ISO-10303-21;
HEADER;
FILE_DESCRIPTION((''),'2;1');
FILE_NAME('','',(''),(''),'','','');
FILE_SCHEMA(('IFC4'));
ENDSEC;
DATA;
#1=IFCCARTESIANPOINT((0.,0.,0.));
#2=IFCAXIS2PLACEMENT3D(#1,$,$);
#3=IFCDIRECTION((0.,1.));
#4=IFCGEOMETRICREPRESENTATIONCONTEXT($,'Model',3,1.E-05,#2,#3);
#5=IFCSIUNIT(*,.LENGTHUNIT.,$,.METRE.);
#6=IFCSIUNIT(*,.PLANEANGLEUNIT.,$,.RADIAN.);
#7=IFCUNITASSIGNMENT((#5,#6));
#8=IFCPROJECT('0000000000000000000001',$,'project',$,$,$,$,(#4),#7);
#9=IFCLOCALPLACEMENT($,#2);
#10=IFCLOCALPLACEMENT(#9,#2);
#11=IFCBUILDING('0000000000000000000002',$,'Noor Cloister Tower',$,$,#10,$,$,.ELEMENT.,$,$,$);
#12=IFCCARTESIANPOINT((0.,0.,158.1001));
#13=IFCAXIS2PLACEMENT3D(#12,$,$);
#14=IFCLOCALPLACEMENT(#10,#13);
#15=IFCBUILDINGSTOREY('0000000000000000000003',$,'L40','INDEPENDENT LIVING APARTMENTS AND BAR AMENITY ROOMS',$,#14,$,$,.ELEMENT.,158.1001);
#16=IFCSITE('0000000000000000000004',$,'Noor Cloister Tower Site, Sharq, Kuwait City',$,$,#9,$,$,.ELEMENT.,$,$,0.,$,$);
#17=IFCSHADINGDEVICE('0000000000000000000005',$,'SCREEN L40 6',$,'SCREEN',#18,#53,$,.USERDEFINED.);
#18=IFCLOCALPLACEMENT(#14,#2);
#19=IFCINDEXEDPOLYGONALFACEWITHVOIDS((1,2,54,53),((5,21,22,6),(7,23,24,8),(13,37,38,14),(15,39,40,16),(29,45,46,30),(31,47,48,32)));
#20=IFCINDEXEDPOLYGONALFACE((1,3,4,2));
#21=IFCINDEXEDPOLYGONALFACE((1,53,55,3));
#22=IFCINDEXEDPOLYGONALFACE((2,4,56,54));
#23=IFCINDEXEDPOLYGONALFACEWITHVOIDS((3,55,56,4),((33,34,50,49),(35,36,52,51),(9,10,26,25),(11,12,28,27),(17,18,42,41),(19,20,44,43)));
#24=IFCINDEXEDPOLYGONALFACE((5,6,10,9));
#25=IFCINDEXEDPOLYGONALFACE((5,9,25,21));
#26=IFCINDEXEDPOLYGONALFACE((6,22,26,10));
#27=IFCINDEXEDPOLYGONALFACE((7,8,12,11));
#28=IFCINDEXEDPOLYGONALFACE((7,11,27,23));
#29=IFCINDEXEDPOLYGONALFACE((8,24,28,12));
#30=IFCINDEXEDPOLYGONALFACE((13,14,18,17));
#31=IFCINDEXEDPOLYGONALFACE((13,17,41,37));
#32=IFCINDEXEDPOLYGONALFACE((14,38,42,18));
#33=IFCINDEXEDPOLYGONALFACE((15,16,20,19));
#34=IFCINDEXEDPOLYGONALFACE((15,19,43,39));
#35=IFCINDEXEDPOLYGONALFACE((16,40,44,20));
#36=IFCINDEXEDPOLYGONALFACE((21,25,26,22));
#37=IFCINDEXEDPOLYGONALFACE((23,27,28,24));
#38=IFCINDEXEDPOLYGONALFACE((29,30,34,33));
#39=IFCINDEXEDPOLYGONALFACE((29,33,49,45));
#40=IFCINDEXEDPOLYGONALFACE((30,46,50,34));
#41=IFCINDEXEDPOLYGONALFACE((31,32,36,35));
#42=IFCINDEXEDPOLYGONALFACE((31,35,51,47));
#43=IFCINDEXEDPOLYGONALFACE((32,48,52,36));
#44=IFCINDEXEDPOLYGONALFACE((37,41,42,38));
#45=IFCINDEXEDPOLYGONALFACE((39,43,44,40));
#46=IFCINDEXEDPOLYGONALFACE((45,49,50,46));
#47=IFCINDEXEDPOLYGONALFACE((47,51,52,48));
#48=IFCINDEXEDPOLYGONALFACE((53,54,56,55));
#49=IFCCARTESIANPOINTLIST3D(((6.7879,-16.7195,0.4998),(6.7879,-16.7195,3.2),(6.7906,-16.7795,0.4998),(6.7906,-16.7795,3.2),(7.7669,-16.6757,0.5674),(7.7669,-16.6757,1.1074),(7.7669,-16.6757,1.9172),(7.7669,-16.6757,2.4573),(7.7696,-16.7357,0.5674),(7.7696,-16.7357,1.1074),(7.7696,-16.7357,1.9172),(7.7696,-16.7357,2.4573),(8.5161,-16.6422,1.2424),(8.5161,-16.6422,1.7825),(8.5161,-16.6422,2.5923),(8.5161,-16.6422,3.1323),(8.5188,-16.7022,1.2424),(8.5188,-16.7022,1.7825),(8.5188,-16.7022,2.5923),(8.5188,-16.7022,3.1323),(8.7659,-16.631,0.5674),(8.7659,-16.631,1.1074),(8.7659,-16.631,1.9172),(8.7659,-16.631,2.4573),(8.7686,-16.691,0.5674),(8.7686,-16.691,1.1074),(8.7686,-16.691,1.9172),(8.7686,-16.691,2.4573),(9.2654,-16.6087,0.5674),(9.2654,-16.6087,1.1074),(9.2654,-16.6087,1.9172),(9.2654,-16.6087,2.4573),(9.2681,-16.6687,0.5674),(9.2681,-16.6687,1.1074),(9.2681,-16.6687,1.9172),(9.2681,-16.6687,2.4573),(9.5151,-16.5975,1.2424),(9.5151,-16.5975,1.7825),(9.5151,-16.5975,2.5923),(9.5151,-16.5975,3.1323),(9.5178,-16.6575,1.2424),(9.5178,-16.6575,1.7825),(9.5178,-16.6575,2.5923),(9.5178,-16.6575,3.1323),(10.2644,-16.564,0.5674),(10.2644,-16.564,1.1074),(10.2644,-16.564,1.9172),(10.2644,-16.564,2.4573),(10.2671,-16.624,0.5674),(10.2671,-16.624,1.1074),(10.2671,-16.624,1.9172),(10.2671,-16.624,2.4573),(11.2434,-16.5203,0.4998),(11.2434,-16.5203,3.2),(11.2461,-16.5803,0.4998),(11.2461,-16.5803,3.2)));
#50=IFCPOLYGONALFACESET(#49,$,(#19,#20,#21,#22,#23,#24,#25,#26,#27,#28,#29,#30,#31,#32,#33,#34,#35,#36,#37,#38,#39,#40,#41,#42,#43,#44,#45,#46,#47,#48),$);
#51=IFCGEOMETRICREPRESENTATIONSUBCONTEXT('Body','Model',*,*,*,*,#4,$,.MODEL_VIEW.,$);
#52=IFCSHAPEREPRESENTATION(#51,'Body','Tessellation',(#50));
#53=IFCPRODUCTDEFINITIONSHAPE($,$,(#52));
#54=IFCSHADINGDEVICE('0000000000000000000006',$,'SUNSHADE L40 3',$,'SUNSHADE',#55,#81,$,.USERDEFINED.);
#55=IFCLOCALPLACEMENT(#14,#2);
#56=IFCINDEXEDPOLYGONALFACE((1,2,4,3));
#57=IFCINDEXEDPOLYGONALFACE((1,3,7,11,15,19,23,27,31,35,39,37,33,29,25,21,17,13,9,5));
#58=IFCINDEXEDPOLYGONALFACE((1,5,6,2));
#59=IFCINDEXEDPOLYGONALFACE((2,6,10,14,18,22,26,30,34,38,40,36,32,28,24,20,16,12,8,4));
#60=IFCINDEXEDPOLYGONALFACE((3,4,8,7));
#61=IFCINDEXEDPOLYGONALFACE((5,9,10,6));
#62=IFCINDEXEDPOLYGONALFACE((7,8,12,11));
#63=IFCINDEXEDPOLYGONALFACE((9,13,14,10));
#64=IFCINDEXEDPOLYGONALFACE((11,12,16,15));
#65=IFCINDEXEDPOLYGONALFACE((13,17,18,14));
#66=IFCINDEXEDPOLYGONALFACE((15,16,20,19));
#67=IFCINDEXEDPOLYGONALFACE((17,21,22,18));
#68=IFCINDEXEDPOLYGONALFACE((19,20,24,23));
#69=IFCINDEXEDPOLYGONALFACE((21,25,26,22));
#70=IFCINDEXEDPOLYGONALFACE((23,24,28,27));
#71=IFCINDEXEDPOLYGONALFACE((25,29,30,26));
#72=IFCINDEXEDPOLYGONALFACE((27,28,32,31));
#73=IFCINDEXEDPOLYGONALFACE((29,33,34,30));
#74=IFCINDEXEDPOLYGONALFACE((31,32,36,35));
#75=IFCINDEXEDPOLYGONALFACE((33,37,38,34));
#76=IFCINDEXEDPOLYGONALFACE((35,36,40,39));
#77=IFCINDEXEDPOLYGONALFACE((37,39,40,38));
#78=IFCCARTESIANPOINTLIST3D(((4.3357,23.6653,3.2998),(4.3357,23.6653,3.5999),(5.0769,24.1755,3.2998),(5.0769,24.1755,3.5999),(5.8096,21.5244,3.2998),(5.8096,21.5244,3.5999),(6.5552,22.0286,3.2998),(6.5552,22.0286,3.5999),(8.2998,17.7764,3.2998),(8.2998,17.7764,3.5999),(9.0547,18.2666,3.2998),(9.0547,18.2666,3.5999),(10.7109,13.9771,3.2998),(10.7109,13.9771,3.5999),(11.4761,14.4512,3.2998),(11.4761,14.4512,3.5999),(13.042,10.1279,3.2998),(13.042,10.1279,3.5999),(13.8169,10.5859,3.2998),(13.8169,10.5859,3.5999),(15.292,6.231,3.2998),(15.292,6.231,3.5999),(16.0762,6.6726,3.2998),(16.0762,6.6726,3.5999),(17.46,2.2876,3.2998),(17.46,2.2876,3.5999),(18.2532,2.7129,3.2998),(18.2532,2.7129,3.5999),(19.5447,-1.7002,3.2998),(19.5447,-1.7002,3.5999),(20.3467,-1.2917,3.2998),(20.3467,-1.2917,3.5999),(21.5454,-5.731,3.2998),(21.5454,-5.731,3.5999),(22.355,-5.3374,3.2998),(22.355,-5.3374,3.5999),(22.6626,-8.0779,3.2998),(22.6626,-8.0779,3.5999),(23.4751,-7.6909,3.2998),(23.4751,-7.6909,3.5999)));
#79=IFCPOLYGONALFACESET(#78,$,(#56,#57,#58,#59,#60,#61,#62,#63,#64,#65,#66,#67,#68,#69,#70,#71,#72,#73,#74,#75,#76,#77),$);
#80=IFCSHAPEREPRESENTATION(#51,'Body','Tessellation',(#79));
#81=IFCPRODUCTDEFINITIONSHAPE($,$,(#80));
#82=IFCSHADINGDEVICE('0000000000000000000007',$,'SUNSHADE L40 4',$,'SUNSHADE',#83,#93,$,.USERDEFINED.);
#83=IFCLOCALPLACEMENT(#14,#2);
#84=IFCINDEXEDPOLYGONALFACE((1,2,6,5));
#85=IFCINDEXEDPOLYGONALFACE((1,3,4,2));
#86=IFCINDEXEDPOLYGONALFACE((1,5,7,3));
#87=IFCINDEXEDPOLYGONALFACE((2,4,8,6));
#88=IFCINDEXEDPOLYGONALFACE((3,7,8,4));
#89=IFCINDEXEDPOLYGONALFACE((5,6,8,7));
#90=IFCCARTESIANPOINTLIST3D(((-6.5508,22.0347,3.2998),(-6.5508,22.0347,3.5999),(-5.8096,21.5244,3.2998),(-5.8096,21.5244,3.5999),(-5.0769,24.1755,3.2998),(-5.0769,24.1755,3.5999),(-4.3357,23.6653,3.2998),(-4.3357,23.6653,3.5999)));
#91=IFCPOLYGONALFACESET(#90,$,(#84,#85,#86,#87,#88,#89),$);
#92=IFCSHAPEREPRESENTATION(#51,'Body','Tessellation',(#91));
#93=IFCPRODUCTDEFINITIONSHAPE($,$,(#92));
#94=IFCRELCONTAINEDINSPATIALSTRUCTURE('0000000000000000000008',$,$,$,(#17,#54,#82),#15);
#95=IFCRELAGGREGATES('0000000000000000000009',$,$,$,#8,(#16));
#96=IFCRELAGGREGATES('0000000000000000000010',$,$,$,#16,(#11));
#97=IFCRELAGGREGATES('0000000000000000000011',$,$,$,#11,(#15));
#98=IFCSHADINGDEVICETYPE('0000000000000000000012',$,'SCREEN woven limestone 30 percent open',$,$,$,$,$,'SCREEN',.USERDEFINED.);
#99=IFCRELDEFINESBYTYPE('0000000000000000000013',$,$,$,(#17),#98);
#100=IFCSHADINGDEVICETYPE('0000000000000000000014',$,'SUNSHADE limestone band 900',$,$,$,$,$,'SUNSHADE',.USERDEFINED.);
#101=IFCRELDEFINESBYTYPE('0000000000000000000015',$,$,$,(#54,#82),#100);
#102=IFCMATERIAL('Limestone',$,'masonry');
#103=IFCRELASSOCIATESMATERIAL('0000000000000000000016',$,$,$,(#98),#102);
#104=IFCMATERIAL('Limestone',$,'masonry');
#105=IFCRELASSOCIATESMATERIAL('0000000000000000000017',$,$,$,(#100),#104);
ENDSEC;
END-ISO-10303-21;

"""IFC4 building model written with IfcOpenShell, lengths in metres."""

from ifc_helpers import new_model, si_unit, direction, frame, origin, place, context, subcontext, project, spatial, polyline, outline, extrude, material, material_profile, profile_set, type_object, element, save


model = new_model("IFC4")

# Units and contexts
model_context = context("Model", 3, precision=1e-05, world=origin(), true_north=direction((0.0, 1.0)))
body_context = subcontext(model_context, "Body", "Model", "MODEL_VIEW")
ifc_project = project(units=[si_unit("LENGTHUNIT", "METRE"), si_unit("PLANEANGLEUNIT", "RADIAN")], contexts=[model_context])

# Site, building, storey
site_placement = place(None, origin())
site = spatial("IfcSite", under=ifc_project, at=site_placement, Name="Noor Cloister Tower Site, Sharq, Kuwait City", CompositionType="ELEMENT", RefElevation=0.0)
building_placement = place(site_placement, origin())
building = spatial("IfcBuilding", under=site, at=building_placement, Name="Noor Cloister Tower", CompositionType="ELEMENT")
storey_placement = place(building_placement, frame((0.0, 0.0, 158.1001)))
storey = spatial("IfcBuildingStorey", under=building, at=storey_placement, Name="L40", Description="INDEPENDENT LIVING APARTMENTS AND BAR AMENITY ROOMS", CompositionType="ELEMENT", Elevation=158.1001)

# Shading devices
ifc_material_1 = material(Name="Limestone", Category="masonry")
ifc_material_profile_1 = material_profile(ifc_material_1, outline(polyline([(-2.23, -1.3501), (2.23, -1.3501), (2.23, 1.3501), (-2.23, 1.3501), (-2.23, -1.3501)]), holes=[polyline([(-1.25, -1.2825), (-0.25, -1.2825), (-0.25, -0.7424), (-1.25, -0.7424), (-1.25, -1.2825)]), polyline([(0.25, -1.2825), (1.25, -1.2825), (1.25, -0.7424), (0.25, -0.7424), (0.25, -1.2825)]), polyline([(-0.5, -0.6074), (0.5, -0.6074), (0.5, -0.0674), (-0.5, -0.0674), (-0.5, -0.6074)]), polyline([(-1.25, 0.0674), (-0.25, 0.0674), (-0.25, 0.6074), (-1.25, 0.6074), (-1.25, 0.0674)]), polyline([(0.25, 0.0674), (1.25, 0.0674), (1.25, 0.6074), (0.25, 0.6074), (0.25, 0.0674)]), polyline([(-0.5, 0.7424), (0.5, 0.7424), (0.5, 1.2825), (-0.5, 1.2825), (-0.5, 0.7424)])]), Name="Woven screen 30 percent open")
ifc_profile_set_1 = profile_set([ifc_material_profile_1], Name="Limestone")
shading_device_type_1 = type_object("IfcShadingDeviceType", Name="SCREEN woven limestone 30 percent open", ElementType="SCREEN", PredefinedType="USERDEFINED", material=ifc_profile_set_1)
for number, where, z_axis, x_axis, name in (
    (1, (9.0156, -16.6199, 1.8499), (0.044671, -0.999002, 0.0), (0.999002, 0.044671, 0.0), "SCREEN L40 6"),
):
    element("IfcShadingDevice", number, at=place(storey_placement, frame(where, z_axis=z_axis, x_axis=x_axis)), inside=storey, type_object=shading_device_type_1, Name=name, ObjectType="SCREEN", PredefinedType="USERDEFINED", context=body_context, shape_type="SweptSolid", body=[
        extrude(outline(polyline([(-2.23, -1.3501), (2.23, -1.3501), (2.23, 1.3501), (-2.23, 1.3501), (-2.23, -1.3501)]), holes=[polyline([(-1.25, -1.2825), (-0.25, -1.2825), (-0.25, -0.7424), (-1.25, -0.7424), (-1.25, -1.2825)]), polyline([(0.25, -1.2825), (1.25, -1.2825), (1.25, -0.7424), (0.25, -0.7424), (0.25, -1.2825)]), polyline([(-0.5, -0.6074), (0.5, -0.6074), (0.5, -0.0674), (-0.5, -0.0674), (-0.5, -0.6074)]), polyline([(-1.25, 0.0674), (-0.25, 0.0674), (-0.25, 0.6074), (-1.25, 0.6074), (-1.25, 0.0674)]), polyline([(0.25, 0.0674), (1.25, 0.0674), (1.25, 0.6074), (0.25, 0.6074), (0.25, 0.0674)]), polyline([(-0.5, 0.7424), (0.5, 0.7424), (0.5, 1.2825), (-0.5, 1.2825), (-0.5, 0.7424)])]), origin(), (0.0, 0.0, 1.0), 0.0601),
    ])
ifc_material_2 = material(Name="Limestone", Category="masonry")
shading_device_type_2 = type_object("IfcShadingDeviceType", Name="SUNSHADE limestone band 900", ElementType="SUNSHADE", PredefinedType="USERDEFINED", material=ifc_material_2)
shading_device_1_placement = place(storey_placement, frame((0.0, 0.0, 3.2998)))
element("IfcShadingDevice", 2, at=shading_device_1_placement, inside=storey, type_object=shading_device_type_2, Name="SUNSHADE L40 3", ObjectType="SUNSHADE", PredefinedType="USERDEFINED", context=body_context, shape_type="SweptSolid", body=[
    extrude(outline(polyline([(23.4751, -7.6909), (22.355, -5.3374), (20.3467, -1.2917), (18.2532, 2.7129), (16.0762, 6.6726), (13.8169, 10.5859), (11.4761, 14.4512), (9.0547, 18.2666), (6.5552, 22.0286), (5.0769, 24.1755), (4.3357, 23.6653), (5.8096, 21.5244), (8.2998, 17.7764), (10.7109, 13.9771), (13.042, 10.1279), (15.292, 6.231), (17.46, 2.2876), (19.5447, -1.7002), (21.5454, -5.731), (22.6626, -8.0779), (23.4751, -7.6909)])), origin(), (0.0, 0.0, 1.0), 0.3),
])
shading_device_2_placement = place(storey_placement, frame((0.0, 0.0, 3.2998)))
element("IfcShadingDevice", 3, at=shading_device_2_placement, inside=storey, type_object=shading_device_type_2, Name="SUNSHADE L40 4", ObjectType="SUNSHADE", PredefinedType="USERDEFINED", context=body_context, shape_type="SweptSolid", body=[
    extrude(outline(polyline([(-5.0769, 24.1755), (-6.5508, 22.0347), (-5.8096, 21.5244), (-4.3357, 23.6653), (-5.0769, 24.1755)])), origin(), (0.0, 0.0, 1.0), 0.3),
])

save(model, "model.ifc")
